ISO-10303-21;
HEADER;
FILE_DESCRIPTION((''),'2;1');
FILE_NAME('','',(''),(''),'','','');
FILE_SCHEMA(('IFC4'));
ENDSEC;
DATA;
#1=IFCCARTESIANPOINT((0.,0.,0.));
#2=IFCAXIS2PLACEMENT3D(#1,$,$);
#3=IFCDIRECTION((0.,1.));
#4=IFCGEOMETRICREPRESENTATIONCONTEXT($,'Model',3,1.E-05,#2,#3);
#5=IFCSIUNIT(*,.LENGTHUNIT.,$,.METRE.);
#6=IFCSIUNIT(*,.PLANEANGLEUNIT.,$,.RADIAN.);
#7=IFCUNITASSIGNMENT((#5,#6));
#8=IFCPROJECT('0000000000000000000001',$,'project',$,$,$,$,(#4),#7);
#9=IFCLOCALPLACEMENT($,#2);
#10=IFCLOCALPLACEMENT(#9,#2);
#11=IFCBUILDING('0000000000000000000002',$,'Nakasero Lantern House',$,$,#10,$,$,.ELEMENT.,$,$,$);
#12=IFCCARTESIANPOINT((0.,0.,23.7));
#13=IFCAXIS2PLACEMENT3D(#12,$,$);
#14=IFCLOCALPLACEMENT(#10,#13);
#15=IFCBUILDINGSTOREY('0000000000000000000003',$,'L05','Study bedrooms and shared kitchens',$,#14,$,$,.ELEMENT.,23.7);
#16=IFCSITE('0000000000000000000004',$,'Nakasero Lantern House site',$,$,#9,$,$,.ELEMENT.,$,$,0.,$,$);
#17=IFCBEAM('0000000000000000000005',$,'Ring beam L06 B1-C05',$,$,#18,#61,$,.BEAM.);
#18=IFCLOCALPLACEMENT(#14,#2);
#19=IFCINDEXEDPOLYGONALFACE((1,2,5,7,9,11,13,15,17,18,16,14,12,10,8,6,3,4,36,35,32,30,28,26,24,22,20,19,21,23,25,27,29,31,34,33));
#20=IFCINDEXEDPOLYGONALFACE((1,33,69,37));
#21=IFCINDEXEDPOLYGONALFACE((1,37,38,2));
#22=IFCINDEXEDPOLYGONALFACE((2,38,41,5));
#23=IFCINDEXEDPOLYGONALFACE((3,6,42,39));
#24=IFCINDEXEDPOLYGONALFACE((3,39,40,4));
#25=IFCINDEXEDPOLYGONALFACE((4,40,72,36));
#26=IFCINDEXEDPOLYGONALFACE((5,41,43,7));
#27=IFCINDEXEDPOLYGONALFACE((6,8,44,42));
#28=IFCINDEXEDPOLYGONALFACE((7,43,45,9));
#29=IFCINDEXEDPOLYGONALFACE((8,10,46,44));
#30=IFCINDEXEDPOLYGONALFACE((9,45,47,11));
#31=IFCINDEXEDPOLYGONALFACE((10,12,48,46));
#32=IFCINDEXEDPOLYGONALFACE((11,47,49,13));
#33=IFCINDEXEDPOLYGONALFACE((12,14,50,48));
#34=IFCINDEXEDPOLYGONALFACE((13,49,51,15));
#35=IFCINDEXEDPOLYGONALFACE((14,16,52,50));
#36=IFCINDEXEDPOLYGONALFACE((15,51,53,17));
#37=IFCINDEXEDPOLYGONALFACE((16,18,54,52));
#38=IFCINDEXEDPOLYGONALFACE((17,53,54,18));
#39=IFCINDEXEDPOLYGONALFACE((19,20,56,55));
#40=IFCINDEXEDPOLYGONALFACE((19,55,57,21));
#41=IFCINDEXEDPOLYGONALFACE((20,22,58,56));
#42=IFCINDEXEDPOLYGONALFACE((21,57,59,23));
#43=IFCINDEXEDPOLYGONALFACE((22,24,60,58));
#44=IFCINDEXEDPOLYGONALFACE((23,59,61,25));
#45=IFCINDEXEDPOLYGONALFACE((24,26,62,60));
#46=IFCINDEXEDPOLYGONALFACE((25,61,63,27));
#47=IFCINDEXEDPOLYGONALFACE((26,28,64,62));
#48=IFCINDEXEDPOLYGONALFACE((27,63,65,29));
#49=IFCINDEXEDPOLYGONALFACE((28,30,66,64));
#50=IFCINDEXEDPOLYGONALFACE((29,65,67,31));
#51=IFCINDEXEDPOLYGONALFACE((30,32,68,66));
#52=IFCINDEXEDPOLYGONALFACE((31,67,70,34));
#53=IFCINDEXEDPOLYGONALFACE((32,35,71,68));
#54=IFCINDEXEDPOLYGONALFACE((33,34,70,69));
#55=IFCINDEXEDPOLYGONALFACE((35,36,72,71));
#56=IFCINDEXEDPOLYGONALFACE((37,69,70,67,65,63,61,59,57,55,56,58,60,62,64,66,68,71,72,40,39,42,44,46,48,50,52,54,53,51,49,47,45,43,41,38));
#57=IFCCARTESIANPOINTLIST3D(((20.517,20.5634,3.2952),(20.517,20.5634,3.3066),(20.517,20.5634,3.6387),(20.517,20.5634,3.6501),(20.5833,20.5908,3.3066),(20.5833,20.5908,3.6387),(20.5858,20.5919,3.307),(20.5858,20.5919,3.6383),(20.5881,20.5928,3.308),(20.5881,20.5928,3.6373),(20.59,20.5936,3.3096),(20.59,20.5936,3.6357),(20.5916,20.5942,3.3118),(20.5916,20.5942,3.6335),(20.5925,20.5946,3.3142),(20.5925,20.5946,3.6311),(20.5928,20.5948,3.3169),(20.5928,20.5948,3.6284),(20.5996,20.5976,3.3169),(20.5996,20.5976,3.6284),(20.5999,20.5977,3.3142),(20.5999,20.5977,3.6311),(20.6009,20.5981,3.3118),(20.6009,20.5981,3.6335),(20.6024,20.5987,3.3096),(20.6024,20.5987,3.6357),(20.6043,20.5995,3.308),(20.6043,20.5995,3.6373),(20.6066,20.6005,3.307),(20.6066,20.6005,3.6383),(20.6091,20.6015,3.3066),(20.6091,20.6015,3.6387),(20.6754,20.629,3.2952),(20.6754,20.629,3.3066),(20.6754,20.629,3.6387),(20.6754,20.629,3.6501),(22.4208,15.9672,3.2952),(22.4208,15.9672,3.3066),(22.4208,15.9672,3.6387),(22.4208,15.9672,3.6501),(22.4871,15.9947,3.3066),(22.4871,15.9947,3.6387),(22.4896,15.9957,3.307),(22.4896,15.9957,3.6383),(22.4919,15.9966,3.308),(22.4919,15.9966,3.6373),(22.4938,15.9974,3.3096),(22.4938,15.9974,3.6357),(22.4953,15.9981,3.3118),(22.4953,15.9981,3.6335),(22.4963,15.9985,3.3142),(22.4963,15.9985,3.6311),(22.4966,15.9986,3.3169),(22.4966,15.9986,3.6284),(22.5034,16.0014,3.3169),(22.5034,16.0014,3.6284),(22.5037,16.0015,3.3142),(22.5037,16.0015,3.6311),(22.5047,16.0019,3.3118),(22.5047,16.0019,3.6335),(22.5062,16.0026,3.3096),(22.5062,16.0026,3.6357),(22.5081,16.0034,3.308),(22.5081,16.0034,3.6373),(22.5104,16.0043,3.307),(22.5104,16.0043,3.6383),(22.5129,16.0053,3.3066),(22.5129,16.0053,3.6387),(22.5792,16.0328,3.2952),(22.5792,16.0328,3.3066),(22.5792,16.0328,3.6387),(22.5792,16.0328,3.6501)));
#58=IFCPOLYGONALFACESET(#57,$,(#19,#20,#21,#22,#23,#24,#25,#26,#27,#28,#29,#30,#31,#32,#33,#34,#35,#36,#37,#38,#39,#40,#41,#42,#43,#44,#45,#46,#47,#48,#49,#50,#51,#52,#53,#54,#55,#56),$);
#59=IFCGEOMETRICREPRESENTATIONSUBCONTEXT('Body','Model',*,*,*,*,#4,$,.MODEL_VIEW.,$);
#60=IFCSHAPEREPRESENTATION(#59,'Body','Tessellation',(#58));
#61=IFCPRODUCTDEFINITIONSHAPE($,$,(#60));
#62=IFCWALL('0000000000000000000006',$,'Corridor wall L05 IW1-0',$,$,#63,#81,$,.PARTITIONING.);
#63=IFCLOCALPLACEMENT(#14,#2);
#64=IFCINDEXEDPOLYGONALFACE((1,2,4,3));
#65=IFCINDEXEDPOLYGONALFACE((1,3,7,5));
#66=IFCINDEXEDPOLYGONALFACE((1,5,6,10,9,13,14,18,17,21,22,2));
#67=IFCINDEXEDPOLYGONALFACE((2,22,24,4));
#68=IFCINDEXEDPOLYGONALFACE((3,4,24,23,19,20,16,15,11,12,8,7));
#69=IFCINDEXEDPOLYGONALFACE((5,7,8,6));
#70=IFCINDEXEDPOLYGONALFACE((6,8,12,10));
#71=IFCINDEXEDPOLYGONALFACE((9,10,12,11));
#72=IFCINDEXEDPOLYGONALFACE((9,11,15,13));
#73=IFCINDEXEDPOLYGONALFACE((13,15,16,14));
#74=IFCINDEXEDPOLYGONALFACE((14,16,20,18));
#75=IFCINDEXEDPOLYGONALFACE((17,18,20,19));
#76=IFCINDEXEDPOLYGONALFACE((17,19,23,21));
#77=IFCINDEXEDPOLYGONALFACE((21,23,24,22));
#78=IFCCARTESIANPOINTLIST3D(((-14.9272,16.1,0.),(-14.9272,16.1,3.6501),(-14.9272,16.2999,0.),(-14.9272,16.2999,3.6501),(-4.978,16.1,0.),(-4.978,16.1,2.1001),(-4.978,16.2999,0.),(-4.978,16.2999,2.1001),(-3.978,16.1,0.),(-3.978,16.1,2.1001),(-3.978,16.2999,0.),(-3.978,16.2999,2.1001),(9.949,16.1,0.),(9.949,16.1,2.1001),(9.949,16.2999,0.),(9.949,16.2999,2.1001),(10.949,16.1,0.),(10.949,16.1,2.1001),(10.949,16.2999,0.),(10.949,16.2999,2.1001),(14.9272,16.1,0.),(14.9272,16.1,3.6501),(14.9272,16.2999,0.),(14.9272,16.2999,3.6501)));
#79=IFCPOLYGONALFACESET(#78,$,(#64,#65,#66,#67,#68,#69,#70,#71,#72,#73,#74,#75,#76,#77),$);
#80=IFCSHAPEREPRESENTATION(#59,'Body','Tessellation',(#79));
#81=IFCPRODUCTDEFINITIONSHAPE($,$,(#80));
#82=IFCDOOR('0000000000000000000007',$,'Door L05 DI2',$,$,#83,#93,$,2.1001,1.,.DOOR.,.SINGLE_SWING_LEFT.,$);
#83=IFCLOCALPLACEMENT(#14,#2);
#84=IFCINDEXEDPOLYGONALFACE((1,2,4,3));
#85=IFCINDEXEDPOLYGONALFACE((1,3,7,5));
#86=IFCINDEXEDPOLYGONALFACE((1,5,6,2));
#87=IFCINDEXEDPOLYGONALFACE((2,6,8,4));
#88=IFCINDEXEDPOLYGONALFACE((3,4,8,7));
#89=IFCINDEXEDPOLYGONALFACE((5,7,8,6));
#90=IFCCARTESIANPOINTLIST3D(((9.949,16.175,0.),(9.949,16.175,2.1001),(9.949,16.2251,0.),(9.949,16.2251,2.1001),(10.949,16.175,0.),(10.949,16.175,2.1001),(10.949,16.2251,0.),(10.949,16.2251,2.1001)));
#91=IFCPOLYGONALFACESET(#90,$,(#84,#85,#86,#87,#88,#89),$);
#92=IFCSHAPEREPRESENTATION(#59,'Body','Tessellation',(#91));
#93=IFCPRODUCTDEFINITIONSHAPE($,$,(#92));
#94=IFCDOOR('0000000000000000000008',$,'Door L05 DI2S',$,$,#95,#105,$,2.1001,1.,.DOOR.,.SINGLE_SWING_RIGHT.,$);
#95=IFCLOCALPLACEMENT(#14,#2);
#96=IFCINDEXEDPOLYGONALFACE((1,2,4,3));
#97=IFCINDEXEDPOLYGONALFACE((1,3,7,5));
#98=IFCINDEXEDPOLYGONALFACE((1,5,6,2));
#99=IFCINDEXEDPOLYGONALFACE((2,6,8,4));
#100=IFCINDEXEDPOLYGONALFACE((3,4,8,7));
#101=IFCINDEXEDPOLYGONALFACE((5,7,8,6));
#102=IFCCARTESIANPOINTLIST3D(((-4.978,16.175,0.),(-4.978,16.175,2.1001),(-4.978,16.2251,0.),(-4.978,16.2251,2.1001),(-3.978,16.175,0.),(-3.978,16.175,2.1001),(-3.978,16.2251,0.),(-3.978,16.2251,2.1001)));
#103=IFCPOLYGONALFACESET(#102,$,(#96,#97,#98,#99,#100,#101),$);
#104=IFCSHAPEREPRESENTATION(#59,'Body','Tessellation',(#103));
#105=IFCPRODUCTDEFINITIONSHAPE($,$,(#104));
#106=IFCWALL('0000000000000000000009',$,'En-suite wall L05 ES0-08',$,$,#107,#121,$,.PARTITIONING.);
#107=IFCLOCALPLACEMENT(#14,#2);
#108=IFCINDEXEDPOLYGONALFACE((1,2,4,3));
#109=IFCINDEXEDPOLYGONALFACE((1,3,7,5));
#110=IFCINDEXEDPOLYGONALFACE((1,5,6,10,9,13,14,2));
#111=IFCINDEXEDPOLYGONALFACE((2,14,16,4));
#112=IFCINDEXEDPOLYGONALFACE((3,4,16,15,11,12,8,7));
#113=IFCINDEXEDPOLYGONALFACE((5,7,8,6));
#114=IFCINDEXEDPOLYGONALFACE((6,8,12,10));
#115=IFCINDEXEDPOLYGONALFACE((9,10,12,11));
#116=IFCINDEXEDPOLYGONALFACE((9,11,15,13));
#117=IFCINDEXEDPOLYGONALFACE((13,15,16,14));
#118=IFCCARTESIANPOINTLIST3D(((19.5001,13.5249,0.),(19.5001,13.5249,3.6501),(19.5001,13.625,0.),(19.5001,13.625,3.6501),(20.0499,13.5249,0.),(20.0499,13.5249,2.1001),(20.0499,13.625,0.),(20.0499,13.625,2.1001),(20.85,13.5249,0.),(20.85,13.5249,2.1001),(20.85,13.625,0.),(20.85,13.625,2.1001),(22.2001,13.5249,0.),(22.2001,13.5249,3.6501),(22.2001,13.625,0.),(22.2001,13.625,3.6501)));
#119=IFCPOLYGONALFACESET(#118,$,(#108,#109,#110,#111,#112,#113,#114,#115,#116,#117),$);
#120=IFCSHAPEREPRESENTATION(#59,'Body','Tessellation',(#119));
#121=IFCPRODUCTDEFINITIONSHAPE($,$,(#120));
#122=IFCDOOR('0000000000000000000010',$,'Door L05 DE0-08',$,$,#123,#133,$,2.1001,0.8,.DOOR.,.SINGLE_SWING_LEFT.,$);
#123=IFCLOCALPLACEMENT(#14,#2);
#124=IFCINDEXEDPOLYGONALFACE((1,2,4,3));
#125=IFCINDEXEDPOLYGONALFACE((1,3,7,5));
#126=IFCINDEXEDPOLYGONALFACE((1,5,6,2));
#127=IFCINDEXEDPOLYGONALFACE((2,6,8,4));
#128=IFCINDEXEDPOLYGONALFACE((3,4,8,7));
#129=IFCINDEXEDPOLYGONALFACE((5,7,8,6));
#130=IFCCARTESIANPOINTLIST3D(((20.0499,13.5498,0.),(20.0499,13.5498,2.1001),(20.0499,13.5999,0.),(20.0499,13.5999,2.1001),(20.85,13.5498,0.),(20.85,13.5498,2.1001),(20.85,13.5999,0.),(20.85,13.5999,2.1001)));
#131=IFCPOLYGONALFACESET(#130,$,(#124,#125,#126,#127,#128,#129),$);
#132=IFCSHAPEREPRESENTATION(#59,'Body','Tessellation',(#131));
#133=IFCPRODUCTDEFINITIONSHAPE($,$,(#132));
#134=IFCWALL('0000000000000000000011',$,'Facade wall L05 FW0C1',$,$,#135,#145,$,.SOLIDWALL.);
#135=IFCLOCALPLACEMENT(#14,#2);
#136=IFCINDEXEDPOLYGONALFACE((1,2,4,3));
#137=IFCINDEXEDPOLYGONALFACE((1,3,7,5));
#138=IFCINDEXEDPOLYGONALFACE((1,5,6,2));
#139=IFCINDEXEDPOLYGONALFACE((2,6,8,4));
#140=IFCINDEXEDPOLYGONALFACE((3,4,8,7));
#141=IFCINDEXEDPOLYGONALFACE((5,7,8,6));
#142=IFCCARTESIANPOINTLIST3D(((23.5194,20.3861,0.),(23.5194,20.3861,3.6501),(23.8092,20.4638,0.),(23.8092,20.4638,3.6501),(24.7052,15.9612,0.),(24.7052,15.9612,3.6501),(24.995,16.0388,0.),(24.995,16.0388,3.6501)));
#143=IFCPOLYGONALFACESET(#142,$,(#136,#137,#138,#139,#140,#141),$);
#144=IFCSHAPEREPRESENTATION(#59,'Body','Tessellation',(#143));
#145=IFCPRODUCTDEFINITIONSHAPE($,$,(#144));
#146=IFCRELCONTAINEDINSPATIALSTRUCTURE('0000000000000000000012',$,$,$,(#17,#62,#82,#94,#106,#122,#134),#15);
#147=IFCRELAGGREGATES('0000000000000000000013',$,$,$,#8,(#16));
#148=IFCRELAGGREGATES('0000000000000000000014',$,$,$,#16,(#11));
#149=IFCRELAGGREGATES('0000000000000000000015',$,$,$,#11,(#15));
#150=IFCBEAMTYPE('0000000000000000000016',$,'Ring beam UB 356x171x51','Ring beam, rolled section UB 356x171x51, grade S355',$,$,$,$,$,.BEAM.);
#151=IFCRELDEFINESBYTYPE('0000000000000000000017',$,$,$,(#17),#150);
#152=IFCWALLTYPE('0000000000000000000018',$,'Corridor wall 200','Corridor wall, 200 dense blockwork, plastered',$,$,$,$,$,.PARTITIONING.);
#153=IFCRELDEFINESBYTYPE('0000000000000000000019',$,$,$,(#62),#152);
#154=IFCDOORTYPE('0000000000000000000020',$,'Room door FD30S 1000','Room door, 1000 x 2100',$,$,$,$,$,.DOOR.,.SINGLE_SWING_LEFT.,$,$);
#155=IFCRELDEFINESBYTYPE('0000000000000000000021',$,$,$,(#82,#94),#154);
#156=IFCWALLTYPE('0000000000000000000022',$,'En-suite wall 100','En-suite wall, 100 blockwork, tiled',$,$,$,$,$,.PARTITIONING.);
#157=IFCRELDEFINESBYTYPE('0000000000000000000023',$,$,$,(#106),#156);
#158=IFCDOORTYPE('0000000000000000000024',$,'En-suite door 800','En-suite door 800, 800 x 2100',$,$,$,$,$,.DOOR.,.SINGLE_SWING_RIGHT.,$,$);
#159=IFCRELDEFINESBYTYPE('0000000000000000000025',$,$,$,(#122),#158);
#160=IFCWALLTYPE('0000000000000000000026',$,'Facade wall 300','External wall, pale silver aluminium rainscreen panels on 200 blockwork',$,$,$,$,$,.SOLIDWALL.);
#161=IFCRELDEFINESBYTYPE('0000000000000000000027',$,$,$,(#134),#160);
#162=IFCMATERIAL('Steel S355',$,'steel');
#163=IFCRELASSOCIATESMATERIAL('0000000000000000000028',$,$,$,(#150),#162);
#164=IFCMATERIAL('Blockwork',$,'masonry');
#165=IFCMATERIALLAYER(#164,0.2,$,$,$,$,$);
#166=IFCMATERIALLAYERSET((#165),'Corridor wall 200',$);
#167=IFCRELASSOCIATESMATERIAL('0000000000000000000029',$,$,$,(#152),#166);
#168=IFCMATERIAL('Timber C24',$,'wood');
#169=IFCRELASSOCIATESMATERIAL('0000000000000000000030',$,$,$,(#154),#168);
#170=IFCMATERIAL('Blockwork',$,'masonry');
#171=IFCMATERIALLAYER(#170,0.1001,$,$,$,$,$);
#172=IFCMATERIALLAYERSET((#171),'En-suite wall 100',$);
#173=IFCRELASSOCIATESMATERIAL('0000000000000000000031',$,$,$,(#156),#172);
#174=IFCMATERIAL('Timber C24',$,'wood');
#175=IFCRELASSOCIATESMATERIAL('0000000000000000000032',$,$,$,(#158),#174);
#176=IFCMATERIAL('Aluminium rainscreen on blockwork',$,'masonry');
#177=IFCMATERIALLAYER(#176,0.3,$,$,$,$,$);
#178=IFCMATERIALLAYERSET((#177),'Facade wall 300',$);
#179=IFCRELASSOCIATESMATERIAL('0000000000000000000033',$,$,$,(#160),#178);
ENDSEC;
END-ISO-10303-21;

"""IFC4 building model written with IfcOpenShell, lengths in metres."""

from ifc_helpers import new_model, si_unit, direction, frame, frame_2d, origin, origin_2d, place, context, subcontext, project, spatial, rectangle, i_section, extrude, material, layer, layer_set, material_profile, profile_set, type_object, element, fill, save


model = new_model("IFC4")

# Units and contexts
model_context = context("Model", 3, precision=1e-05, world=origin(), true_north=direction((0.0, 1.0)))
body_context = subcontext(model_context, "Body", "Model", "MODEL_VIEW")
ifc_project = project(units=[si_unit("LENGTHUNIT", "METRE"), si_unit("PLANEANGLEUNIT", "RADIAN")], contexts=[model_context])

# Site, building, storey
site_placement = place(None, origin())
site = spatial("IfcSite", under=ifc_project, at=site_placement, Name="Nakasero Lantern House site", CompositionType="ELEMENT", RefElevation=0.0)
building_placement = place(site_placement, origin())
building = spatial("IfcBuilding", under=site, at=building_placement, Name="Nakasero Lantern House", CompositionType="ELEMENT")
storey_placement = place(building_placement, frame((0.0, 0.0, 23.7)))
storey = spatial("IfcBuildingStorey", under=building, at=storey_placement, Name="L05", Description="Study bedrooms and shared kitchens", CompositionType="ELEMENT", Elevation=23.7)

# Beam
ifc_material_1 = material(Name="Steel S355", Category="steel")
ifc_material_profile_1 = material_profile(ifc_material_1, i_section(OverallWidth=0.1714, OverallDepth=0.355, WebThickness=0.0073, FlangeThickness=0.0115, FilletRadius=0.0103, at=origin_2d()), Name="UB 356x171x51")
ifc_profile_set_1 = profile_set([ifc_material_profile_1], Name="Steel S355")
beam_type_1 = type_object("IfcBeamType", Name="Ring beam UB 356x171x51", Description="Ring beam, rolled section UB 356x171x51, grade S355", PredefinedType="BEAM", material=ifc_profile_set_1)
beam_1_placement = place(storey_placement, frame((22.5, 16.0, 3.4727), z_axis=(-0.382684, 0.923879, 0.0), x_axis=(-0.923879, -0.382684, 0.0)))
element("IfcBeam", 1, at=beam_1_placement, inside=storey, type_object=beam_type_1, Name="Ring beam L06 B1-C05", PredefinedType="BEAM", context=body_context, shape_type="SweptSolid", body=[
    extrude(i_section(OverallWidth=0.1714, OverallDepth=0.355, WebThickness=0.0073, FlangeThickness=0.0115, FilletRadius=0.0103, at=origin_2d()), origin(), (0.0, 0.0, 1.0), 4.9749),
])

# Wall, openings, doors
ifc_material_2 = material(Name="Blockwork", Category="masonry")
ifc_layer_1 = layer(ifc_material_2, 0.2)
ifc_layer_set_1 = layer_set([ifc_layer_1], Name="Corridor wall 200")
wall_type_1 = type_object("IfcWallType", Name="Corridor wall 200", Description="Corridor wall, 200 dense blockwork, plastered", PredefinedType="PARTITIONING", material=ifc_layer_set_1)
ifc_material_3 = material(Name="Timber C24", Category="wood")
door_type_1 = type_object("IfcDoorType", Name="Room door FD30S 1000", Description="Room door, 1000 x 2100", OperationType="SINGLE_SWING_LEFT", PredefinedType="DOOR", material=ifc_material_3)
wall_1_placement = place(storey_placement, frame((14.9272, 16.2, 0.0), z_axis=(0.0, 0.0, 1.0), x_axis=(-1.0, 0.0, 0.0)))
wall_1 = element("IfcWall", 2, at=wall_1_placement, inside=storey, type_object=wall_type_1, Name="Corridor wall L05 IW1-0", PredefinedType="PARTITIONING", context=body_context, shape_type="SweptSolid", body=[
    extrude(rectangle(XDim=29.8545, YDim=0.2, at=frame_2d((14.9272, 0.0))), origin(), (0.0, 0.0, 1.0), 3.6501),
])
opening_1_placement = place(wall_1_placement, frame((3.9783, 0.0, 0.0)))
opening_1 = element("IfcOpeningElement", 3, at=opening_1_placement, cuts=wall_1, PredefinedType="OPENING", context=body_context, shape_type="SweptSolid", body=[
    extrude(rectangle(XDim=1.0, YDim=2.1001, at=frame_2d((0.5, 1.05))), frame((0.0, 0.1199, 0.0), z_axis=(0.0, -1.0, 0.0), x_axis=(1.0, 0.0, 0.0)), (0.0, 0.0, 1.0), 0.24),
])
opening_2_placement = place(wall_1_placement, frame((18.9053, 0.0, 0.0)))
opening_2 = element("IfcOpeningElement", 4, at=opening_2_placement, cuts=wall_1, PredefinedType="OPENING", context=body_context, shape_type="SweptSolid", body=[
    extrude(rectangle(XDim=1.0, YDim=2.1001, at=frame_2d((0.5, 1.05))), frame((0.0, 0.1199, 0.0), z_axis=(0.0, -1.0, 0.0), x_axis=(1.0, 0.0, 0.0)), (0.0, 0.0, 1.0), 0.24),
])
door_1_placement = place(opening_1_placement, origin())
door_1 = element("IfcDoor", 5, at=door_1_placement, inside=storey, type_object=door_type_1, Name="Door L05 DI2", OperationType="SINGLE_SWING_LEFT", OverallHeight=2.1001, OverallWidth=1.0, PredefinedType="DOOR", context=body_context, shape_type="SweptSolid", body=[
    extrude(rectangle(XDim=1.0, YDim=2.1001, at=frame_2d((0.5, 1.05))), frame((0.0, 0.0249, 0.0), z_axis=(0.0, -1.0, 0.0), x_axis=(1.0, 0.0, 0.0)), (0.0, 0.0, 1.0), 0.05),
])
fill(opening_1, door_1)
door_2_placement = place(opening_2_placement, origin())
door_2 = element("IfcDoor", 6, at=door_2_placement, inside=storey, type_object=door_type_1, Name="Door L05 DI2S", OperationType="SINGLE_SWING_RIGHT", OverallHeight=2.1001, OverallWidth=1.0, PredefinedType="DOOR", context=body_context, shape_type="SweptSolid", body=[
    extrude(rectangle(XDim=1.0, YDim=2.1001, at=frame_2d((0.5, 1.05))), frame((0.0, 0.0249, 0.0), z_axis=(0.0, -1.0, 0.0), x_axis=(1.0, 0.0, 0.0)), (0.0, 0.0, 1.0), 0.05),
])
fill(opening_2, door_2)

# Wall, opening, door
ifc_material_4 = material(Name="Blockwork", Category="masonry")
ifc_layer_2 = layer(ifc_material_4, 0.1001)
ifc_layer_set_2 = layer_set([ifc_layer_2], Name="En-suite wall 100")
wall_type_2 = type_object("IfcWallType", Name="En-suite wall 100", Description="En-suite wall, 100 blockwork, tiled", PredefinedType="PARTITIONING", material=ifc_layer_set_2)
wall_2_placement = place(storey_placement, frame((19.5, 13.575, 0.0), z_axis=(0.0, 0.0, 1.0), x_axis=(1.0, 0.0, 0.0)))
wall_2 = element("IfcWall", 7, at=wall_2_placement, inside=storey, type_object=wall_type_2, Name="En-suite wall L05 ES0-08", PredefinedType="PARTITIONING", context=body_context, shape_type="SweptSolid", body=[
    extrude(rectangle(XDim=2.7, YDim=0.1001, at=frame_2d((1.3501, 0.0))), origin(), (0.0, 0.0, 1.0), 3.6501),
])
opening_3_placement = place(wall_2_placement, frame((0.55, 0.0, 0.0)))
opening_3 = element("IfcOpeningElement", 8, at=opening_3_placement, cuts=wall_2, PredefinedType="OPENING", context=body_context, shape_type="SweptSolid", body=[
    extrude(rectangle(XDim=0.8, YDim=2.1001, at=frame_2d((0.3999, 1.05))), frame((0.0, 0.0701, 0.0), z_axis=(0.0, -1.0, 0.0), x_axis=(1.0, 0.0, 0.0)), (0.0, 0.0, 1.0), 0.1401),
])
ifc_material_5 = material(Name="Timber C24", Category="wood")
door_type_2 = type_object("IfcDoorType", Name="En-suite door 800", Description="En-suite door 800, 800 x 2100", OperationType="SINGLE_SWING_RIGHT", PredefinedType="DOOR", material=ifc_material_5)
door_3_placement = place(opening_3_placement, origin())
door_3 = element("IfcDoor", 9, at=door_3_placement, inside=storey, type_object=door_type_2, Name="Door L05 DE0-08", OperationType="SINGLE_SWING_LEFT", OverallHeight=2.1001, OverallWidth=0.8, PredefinedType="DOOR", context=body_context, shape_type="SweptSolid", body=[
    extrude(rectangle(XDim=0.8, YDim=2.1001, at=frame_2d((0.3999, 1.05))), frame((0.0, 0.0249, 0.0), z_axis=(0.0, -1.0, 0.0), x_axis=(1.0, 0.0, 0.0)), (0.0, 0.0, 1.0), 0.05),
])
fill(opening_3, door_3)

# Wall
ifc_material_6 = material(Name="Aluminium rainscreen on blockwork", Category="masonry")
ifc_layer_3 = layer(ifc_material_6, 0.3)
ifc_layer_set_3 = layer_set([ifc_layer_3], Name="Facade wall 300")
wall_type_3 = type_object("IfcWallType", Name="Facade wall 300", Description="External wall, pale silver aluminium rainscreen panels on 200 blockwork", PredefinedType="SOLIDWALL", material=ifc_layer_set_3)
wall_3_placement = place(storey_placement, frame((24.8501, 16.0, 0.0), z_axis=(0.0, 0.0, 1.0), x_axis=(-0.25884, 0.96592, 0.0)))
element("IfcWall", 10, at=wall_3_placement, inside=storey, type_object=wall_type_3, Name="Facade wall L05 FW0C1", PredefinedType="SOLIDWALL", context=body_context, shape_type="SweptSolid", body=[
    extrude(rectangle(XDim=4.5811, YDim=0.3, at=frame_2d((2.2905, 0.0))), origin(), (0.0, 0.0, 1.0), 3.6501),
])

save(model, "model.ifc")
